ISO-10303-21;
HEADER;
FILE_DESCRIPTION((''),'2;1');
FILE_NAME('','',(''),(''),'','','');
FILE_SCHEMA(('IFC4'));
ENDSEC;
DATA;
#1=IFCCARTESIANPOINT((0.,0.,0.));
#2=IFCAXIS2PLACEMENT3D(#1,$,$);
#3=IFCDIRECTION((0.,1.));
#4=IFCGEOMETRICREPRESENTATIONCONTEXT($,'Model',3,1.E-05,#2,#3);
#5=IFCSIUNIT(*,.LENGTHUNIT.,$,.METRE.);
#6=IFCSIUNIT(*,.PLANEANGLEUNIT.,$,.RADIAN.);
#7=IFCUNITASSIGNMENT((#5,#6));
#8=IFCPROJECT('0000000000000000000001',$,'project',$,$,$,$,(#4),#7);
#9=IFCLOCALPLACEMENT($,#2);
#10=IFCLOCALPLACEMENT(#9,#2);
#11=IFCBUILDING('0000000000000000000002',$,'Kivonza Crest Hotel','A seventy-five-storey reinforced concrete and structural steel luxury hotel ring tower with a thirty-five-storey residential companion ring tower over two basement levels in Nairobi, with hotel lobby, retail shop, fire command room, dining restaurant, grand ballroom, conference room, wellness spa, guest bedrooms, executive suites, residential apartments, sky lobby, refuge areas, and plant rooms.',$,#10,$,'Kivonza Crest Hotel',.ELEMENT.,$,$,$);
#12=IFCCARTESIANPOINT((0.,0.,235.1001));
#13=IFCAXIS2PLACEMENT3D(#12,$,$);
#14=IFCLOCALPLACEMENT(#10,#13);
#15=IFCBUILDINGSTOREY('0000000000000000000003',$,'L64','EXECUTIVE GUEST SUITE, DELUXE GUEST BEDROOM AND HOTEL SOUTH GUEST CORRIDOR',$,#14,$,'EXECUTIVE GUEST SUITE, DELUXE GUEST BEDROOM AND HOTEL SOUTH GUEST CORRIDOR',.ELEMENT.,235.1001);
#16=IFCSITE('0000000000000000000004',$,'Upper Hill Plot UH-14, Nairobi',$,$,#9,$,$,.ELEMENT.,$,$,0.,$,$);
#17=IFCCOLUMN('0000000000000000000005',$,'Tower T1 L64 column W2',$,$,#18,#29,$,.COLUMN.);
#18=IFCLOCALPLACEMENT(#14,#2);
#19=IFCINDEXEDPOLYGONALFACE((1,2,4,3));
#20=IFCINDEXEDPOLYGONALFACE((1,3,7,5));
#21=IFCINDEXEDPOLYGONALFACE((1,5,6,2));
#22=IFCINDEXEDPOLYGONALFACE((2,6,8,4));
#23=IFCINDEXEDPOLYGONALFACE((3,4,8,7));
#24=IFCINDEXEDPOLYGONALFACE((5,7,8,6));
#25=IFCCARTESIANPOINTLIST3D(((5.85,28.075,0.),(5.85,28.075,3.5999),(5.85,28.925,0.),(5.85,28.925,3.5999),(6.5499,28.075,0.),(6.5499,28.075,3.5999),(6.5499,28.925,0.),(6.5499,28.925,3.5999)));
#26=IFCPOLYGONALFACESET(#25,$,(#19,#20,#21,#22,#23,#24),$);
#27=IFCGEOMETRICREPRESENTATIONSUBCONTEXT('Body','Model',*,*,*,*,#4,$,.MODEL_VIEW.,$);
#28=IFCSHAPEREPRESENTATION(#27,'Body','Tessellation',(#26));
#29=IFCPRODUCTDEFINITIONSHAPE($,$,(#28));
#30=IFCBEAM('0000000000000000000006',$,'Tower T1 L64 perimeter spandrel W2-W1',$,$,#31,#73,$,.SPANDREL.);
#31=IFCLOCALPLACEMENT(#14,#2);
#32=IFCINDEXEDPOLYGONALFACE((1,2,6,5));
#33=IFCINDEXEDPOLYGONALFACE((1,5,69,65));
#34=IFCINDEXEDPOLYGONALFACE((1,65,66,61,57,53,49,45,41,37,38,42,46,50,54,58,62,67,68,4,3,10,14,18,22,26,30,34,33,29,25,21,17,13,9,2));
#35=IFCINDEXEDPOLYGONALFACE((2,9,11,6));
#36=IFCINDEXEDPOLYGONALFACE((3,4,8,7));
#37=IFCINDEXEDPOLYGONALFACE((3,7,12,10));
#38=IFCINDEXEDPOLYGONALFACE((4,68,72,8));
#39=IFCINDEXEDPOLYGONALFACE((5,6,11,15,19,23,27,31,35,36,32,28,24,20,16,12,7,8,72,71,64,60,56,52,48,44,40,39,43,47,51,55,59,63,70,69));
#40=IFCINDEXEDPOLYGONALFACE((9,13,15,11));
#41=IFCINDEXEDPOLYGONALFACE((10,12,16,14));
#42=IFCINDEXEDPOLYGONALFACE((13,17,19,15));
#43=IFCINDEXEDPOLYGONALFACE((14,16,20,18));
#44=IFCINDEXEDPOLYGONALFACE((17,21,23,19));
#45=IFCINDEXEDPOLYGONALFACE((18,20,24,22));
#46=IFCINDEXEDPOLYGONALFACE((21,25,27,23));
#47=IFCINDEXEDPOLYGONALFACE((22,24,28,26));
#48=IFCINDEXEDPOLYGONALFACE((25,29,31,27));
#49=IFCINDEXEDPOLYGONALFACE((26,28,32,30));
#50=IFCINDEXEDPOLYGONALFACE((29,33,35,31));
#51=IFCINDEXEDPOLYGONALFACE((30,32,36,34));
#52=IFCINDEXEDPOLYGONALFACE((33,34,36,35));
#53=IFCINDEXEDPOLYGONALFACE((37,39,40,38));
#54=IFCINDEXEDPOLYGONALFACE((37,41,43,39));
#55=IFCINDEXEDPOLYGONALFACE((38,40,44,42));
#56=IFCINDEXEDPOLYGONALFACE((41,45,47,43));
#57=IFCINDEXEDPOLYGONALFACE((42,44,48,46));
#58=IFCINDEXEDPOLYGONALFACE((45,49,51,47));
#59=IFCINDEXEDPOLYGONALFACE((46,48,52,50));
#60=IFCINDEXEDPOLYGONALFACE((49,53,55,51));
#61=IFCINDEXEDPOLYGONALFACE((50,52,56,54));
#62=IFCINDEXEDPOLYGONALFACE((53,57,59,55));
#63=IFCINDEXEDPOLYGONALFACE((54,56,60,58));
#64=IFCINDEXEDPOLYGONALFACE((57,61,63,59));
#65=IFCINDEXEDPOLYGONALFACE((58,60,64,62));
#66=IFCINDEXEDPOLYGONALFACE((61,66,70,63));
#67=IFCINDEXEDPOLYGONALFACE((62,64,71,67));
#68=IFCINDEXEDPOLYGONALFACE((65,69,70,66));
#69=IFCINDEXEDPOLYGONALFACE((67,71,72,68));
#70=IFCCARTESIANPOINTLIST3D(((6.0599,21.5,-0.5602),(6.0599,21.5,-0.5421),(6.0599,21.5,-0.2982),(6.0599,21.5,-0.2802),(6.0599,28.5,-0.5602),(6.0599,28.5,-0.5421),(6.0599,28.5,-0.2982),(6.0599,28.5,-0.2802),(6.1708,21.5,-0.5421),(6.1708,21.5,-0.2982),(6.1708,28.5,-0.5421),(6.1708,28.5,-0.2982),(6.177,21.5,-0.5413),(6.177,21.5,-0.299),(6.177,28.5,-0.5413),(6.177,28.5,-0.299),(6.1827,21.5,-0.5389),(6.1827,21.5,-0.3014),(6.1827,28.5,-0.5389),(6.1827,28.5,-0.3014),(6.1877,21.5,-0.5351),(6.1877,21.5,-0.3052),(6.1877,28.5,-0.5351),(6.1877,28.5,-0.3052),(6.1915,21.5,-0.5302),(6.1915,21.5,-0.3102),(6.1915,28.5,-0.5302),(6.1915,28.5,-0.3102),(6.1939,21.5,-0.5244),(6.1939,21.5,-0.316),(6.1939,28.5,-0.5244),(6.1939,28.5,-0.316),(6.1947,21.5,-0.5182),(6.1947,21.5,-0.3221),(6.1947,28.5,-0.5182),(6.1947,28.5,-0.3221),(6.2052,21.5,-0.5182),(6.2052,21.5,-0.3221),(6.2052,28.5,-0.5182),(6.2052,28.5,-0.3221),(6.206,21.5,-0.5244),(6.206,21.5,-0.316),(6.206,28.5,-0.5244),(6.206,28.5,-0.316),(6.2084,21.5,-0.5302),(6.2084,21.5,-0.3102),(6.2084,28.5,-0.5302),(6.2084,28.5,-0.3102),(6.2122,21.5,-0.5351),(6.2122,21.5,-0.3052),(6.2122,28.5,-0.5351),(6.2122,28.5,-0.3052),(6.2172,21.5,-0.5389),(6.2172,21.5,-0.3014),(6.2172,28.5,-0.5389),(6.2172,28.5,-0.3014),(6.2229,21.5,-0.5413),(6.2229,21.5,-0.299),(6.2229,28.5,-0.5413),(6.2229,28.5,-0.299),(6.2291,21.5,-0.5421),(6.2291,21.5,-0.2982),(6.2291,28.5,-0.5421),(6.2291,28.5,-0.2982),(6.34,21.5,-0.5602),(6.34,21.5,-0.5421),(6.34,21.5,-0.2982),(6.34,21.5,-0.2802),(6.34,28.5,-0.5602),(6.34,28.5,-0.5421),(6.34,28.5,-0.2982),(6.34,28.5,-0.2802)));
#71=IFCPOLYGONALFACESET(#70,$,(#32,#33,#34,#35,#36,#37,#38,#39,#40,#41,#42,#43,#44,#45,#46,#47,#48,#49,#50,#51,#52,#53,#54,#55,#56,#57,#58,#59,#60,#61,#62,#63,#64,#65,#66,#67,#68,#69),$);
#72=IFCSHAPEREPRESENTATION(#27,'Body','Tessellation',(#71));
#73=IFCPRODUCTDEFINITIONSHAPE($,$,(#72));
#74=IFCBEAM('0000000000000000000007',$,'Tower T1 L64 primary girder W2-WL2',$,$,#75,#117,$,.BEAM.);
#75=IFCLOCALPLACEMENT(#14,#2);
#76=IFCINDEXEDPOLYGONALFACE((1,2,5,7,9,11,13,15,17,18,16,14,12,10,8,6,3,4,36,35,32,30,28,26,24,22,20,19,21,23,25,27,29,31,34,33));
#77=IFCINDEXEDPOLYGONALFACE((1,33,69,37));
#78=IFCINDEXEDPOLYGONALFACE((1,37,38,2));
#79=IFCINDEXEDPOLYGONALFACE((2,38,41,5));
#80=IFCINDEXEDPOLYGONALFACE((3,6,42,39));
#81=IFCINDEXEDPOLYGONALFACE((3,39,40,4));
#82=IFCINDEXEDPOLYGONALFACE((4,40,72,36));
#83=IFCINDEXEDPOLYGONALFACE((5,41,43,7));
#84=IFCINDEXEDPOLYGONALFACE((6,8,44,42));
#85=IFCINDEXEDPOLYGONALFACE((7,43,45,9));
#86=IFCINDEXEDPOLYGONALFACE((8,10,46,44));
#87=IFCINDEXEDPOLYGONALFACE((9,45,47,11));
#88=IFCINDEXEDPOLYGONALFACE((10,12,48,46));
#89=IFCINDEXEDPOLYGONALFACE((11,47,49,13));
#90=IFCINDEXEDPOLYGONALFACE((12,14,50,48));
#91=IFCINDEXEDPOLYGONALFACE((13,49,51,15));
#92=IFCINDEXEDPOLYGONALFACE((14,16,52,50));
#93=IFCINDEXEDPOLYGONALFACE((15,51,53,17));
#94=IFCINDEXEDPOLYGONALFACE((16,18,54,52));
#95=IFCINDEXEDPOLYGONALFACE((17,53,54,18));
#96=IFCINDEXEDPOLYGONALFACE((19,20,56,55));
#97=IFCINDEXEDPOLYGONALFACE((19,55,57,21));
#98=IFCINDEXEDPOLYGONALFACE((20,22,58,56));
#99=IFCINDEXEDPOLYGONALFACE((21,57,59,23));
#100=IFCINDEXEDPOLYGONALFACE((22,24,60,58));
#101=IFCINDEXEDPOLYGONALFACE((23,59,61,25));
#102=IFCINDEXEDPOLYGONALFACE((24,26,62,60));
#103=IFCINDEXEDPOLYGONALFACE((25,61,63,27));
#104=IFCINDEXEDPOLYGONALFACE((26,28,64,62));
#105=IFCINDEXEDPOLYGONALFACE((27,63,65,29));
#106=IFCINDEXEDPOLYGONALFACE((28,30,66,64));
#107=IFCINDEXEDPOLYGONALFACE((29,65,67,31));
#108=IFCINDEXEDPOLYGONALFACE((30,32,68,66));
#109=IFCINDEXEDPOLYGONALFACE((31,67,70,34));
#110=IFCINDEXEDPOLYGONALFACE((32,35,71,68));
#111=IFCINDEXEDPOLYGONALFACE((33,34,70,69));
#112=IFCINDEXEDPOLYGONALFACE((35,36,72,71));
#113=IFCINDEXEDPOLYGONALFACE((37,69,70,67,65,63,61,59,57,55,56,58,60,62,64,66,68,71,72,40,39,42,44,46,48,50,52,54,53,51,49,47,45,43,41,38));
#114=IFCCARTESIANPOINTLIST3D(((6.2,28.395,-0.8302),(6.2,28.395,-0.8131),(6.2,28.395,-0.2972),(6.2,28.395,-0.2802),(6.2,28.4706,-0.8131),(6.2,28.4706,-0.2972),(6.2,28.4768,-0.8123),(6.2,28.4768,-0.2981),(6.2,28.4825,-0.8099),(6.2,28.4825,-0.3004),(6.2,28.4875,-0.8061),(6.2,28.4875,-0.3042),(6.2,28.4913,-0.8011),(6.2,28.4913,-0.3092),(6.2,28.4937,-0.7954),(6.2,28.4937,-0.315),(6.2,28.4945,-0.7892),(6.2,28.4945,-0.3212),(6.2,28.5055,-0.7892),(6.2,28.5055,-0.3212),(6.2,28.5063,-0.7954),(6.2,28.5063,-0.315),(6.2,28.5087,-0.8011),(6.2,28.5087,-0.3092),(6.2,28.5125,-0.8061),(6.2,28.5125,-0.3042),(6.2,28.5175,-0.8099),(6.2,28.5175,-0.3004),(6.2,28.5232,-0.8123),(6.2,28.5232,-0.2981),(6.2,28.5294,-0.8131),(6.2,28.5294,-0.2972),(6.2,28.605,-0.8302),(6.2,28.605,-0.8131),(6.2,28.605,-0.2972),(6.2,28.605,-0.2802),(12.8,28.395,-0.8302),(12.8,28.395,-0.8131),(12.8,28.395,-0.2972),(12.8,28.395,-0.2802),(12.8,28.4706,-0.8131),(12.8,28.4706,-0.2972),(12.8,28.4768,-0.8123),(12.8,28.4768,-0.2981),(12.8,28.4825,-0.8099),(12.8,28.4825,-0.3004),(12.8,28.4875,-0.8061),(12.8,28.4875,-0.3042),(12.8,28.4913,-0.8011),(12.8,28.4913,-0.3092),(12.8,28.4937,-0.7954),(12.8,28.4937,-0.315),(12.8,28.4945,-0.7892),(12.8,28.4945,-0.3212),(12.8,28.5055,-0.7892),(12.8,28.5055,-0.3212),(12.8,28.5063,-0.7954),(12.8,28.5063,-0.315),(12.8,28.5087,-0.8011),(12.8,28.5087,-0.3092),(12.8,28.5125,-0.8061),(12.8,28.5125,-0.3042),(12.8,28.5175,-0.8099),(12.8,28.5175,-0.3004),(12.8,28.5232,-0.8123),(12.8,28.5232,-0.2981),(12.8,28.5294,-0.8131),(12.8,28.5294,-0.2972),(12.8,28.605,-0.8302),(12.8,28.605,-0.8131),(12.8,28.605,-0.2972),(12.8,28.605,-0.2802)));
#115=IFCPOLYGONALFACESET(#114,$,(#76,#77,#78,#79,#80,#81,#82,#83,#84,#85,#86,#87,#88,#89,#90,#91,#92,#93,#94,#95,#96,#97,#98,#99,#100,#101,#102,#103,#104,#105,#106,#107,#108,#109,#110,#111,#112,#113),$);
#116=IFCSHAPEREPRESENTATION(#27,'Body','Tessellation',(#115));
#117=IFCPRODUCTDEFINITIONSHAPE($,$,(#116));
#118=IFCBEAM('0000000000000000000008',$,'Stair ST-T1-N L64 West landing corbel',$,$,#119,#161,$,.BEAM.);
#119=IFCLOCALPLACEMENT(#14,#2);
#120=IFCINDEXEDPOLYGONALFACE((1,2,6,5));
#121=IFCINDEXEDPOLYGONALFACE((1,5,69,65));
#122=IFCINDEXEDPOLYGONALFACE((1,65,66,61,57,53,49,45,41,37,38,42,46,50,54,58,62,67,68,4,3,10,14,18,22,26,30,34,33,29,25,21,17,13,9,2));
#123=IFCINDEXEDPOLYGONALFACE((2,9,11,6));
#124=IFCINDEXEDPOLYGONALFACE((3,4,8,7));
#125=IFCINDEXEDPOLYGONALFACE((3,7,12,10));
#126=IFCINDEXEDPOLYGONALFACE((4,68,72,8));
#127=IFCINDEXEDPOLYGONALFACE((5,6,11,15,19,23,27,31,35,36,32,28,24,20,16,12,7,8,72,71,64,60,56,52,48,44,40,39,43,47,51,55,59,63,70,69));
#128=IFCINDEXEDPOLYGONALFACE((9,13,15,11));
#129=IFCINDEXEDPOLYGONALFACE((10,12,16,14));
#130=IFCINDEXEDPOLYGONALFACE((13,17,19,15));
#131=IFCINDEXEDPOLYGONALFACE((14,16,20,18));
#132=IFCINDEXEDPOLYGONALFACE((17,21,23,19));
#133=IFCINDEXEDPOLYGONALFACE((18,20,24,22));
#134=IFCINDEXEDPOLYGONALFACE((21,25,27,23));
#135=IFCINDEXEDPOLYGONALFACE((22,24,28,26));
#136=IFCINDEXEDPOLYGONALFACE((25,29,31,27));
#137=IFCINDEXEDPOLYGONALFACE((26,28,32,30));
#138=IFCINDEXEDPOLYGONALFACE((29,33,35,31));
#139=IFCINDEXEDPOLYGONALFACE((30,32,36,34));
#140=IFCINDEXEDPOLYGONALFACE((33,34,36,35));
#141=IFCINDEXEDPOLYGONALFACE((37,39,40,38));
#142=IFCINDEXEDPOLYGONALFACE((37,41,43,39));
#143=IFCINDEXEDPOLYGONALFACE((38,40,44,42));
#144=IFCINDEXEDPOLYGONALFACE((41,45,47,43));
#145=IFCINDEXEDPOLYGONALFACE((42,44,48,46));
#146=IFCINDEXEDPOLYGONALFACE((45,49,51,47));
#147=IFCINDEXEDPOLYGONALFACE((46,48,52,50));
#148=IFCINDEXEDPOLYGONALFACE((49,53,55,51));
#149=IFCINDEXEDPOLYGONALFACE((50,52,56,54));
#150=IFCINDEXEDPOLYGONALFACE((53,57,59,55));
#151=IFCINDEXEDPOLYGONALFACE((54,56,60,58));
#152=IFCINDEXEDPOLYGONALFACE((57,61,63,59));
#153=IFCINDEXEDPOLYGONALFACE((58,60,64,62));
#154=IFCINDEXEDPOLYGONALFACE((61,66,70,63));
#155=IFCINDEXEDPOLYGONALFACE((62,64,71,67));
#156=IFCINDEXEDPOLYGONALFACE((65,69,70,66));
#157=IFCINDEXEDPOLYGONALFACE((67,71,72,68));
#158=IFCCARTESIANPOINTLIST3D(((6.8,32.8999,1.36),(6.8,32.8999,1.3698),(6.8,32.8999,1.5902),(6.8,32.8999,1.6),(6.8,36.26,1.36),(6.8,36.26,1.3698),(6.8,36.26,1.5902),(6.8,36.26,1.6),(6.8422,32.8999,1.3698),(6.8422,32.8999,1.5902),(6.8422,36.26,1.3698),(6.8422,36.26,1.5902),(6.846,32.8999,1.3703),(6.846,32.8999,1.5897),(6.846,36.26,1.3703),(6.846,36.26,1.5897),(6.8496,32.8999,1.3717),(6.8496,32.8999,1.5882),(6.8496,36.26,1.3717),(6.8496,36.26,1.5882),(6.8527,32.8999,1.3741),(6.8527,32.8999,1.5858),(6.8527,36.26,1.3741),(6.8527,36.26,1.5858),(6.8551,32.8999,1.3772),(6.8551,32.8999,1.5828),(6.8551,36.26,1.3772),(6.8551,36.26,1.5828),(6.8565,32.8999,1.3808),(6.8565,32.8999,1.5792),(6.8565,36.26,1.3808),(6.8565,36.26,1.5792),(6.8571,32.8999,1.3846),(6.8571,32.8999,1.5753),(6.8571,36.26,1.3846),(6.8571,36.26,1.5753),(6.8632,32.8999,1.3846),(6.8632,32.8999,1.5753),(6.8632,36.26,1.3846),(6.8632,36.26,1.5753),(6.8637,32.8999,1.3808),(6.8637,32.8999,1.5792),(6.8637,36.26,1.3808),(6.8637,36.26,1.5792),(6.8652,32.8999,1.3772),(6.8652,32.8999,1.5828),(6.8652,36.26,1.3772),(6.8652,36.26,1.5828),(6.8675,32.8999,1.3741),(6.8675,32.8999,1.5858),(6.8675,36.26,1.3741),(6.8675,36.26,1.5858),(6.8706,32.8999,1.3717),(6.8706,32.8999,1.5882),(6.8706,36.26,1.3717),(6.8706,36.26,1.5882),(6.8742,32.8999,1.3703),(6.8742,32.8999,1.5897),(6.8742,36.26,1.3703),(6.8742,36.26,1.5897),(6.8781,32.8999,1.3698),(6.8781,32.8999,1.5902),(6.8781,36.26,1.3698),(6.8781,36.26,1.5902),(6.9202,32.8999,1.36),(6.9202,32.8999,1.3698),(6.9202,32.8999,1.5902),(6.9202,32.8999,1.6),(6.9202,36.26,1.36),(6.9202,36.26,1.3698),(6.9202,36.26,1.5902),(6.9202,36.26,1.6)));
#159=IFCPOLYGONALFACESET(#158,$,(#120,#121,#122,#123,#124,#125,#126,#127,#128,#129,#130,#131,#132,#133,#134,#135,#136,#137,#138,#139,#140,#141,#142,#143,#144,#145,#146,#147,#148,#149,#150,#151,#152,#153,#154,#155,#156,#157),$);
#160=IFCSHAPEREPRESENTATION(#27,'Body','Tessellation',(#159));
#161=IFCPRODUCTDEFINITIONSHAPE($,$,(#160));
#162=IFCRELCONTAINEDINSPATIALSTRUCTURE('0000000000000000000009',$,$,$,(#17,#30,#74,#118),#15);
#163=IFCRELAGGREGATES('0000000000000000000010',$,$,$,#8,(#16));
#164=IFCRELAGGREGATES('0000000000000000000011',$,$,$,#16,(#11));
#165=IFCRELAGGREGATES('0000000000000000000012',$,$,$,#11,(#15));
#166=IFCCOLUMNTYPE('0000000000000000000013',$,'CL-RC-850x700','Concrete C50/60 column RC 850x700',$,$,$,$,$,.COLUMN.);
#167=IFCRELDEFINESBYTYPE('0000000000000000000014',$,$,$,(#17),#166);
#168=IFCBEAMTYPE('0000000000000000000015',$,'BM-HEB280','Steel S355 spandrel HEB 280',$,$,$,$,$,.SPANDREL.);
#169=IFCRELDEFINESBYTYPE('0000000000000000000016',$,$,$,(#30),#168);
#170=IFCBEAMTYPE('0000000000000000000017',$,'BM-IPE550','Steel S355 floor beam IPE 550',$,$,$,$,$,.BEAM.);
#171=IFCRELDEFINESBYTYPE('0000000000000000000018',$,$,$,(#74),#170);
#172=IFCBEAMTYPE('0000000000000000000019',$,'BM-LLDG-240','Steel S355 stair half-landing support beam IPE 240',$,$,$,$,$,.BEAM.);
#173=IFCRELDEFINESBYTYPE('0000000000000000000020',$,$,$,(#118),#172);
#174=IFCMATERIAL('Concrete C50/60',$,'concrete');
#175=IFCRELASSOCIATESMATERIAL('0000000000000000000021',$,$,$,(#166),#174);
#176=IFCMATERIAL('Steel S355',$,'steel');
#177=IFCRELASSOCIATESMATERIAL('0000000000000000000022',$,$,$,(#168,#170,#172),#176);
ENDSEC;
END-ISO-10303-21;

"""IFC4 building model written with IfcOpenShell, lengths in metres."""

from ifc_helpers import new_model, si_unit, direction, frame, origin, origin_2d, place, context, subcontext, project, spatial, rectangle, i_section, extrude, material, material_profile, profile_set, type_object, element, save


model = new_model("IFC4")

# Units and contexts
model_context = context("Model", 3, precision=1e-05, world=origin(), true_north=direction((0.0, 1.0)))
body_context = subcontext(model_context, "Body", "Model", "MODEL_VIEW")
ifc_project = project(units=[si_unit("LENGTHUNIT", "METRE"), si_unit("PLANEANGLEUNIT", "RADIAN")], contexts=[model_context])

# Site, building, storey
site_placement = place(None, origin())
site = spatial("IfcSite", under=ifc_project, at=site_placement, Name="Upper Hill Plot UH-14, Nairobi", CompositionType="ELEMENT", RefElevation=0.0)
building_placement = place(site_placement, origin())
building = spatial("IfcBuilding", under=site, at=building_placement, Name="Kivonza Crest Hotel", Description="A seventy-five-storey reinforced concrete and structural steel luxury hotel ring tower with a thirty-five-storey residential companion ring tower over two basement levels in Nairobi, with hotel lobby, retail shop, fire command room, dining restaurant, grand ballroom, conference room, wellness spa, guest bedrooms, executive suites, residential apartments, sky lobby, refuge areas, and plant rooms.", LongName="Kivonza Crest Hotel", CompositionType="ELEMENT")
storey_placement = place(building_placement, frame((0.0, 0.0, 235.1001)))
storey = spatial("IfcBuildingStorey", under=building, at=storey_placement, Name="L64", Description="EXECUTIVE GUEST SUITE, DELUXE GUEST BEDROOM AND HOTEL SOUTH GUEST CORRIDOR", LongName="EXECUTIVE GUEST SUITE, DELUXE GUEST BEDROOM AND HOTEL SOUTH GUEST CORRIDOR", CompositionType="ELEMENT", Elevation=235.1001)

# Column
ifc_material_1 = material(Name="Concrete C50/60", Category="concrete")
ifc_material_profile_1 = material_profile(ifc_material_1, rectangle(XDim=0.7, YDim=0.8501, at=origin_2d()), Name="RC 850x700")
ifc_profile_set_1 = profile_set([ifc_material_profile_1], Name="Concrete C50/60")
column_type = type_object("IfcColumnType", Name="CL-RC-850x700", Description="Concrete C50/60 column RC 850x700", PredefinedType="COLUMN", material=ifc_profile_set_1)
column_placement = place(storey_placement, frame((6.2, 28.5, 0.0), z_axis=(0.0, 0.0, 1.0), x_axis=(1.0, 0.0, 0.0)))
element("IfcColumn", 1, at=column_placement, inside=storey, type_object=column_type, Name="Tower T1 L64 column W2", PredefinedType="COLUMN", context=body_context, shape_type="SweptSolid", body=[
    extrude(rectangle(XDim=0.7, YDim=0.8501, at=origin_2d()), origin(), (0.0, 0.0, 1.0), 3.5999),
])

# Beams
ifc_material_2 = material(Name="Steel S355", Category="steel")
ifc_material_profile_2 = material_profile(ifc_material_2, i_section(OverallWidth=0.28, OverallDepth=0.28, WebThickness=0.0105, FlangeThickness=0.0181, FilletRadius=0.0239, at=origin_2d()), Name="HEB 280")
ifc_profile_set_2 = profile_set([ifc_material_profile_2], Name="Steel S355")
beam_type_1 = type_object("IfcBeamType", Name="BM-HEB280", Description="Steel S355 spandrel HEB 280", PredefinedType="SPANDREL", material=ifc_profile_set_2)
beam_1_placement = place(storey_placement, frame((6.2, 28.5, -0.4202), z_axis=(0.0, -1.0, 0.0), x_axis=(1.0, 0.0, 0.0)))
element("IfcBeam", 2, at=beam_1_placement, inside=storey, type_object=beam_type_1, Name="Tower T1 L64 perimeter spandrel W2-W1", PredefinedType="SPANDREL", context=body_context, shape_type="SweptSolid", body=[
    extrude(i_section(OverallWidth=0.28, OverallDepth=0.28, WebThickness=0.0105, FlangeThickness=0.0181, FilletRadius=0.0239, at=origin_2d()), origin(), (0.0, 0.0, 1.0), 7.0),
])
ifc_material_profile_3 = material_profile(ifc_material_2, i_section(OverallWidth=0.21, OverallDepth=0.55, WebThickness=0.011, FlangeThickness=0.0171, FilletRadius=0.0239, at=origin_2d()), Name="IPE 550")
ifc_profile_set_3 = profile_set([ifc_material_profile_3], Name="Steel S355")
beam_type_2 = type_object("IfcBeamType", Name="BM-IPE550", Description="Steel S355 floor beam IPE 550", PredefinedType="BEAM", material=ifc_profile_set_3)
beam_2_placement = place(storey_placement, frame((6.2, 28.5, -0.5552), z_axis=(1.0, 0.0, 0.0), x_axis=(0.0, 1.0, 0.0)))
element("IfcBeam", 3, at=beam_2_placement, inside=storey, type_object=beam_type_2, Name="Tower T1 L64 primary girder W2-WL2", PredefinedType="BEAM", context=body_context, shape_type="SweptSolid", body=[
    extrude(i_section(OverallWidth=0.21, OverallDepth=0.55, WebThickness=0.011, FlangeThickness=0.0171, FilletRadius=0.0239, at=origin_2d()), origin(), (0.0, 0.0, 1.0), 6.6001),
])
ifc_material_profile_4 = material_profile(ifc_material_2, i_section(OverallWidth=0.1201, OverallDepth=0.24, WebThickness=0.0061, FlangeThickness=0.0098, FilletRadius=0.0149, at=origin_2d()), Name="IPE 240")
ifc_profile_set_4 = profile_set([ifc_material_profile_4], Name="Steel S355")
beam_type_3 = type_object("IfcBeamType", Name="BM-LLDG-240", Description="Steel S355 stair half-landing support beam IPE 240", PredefinedType="BEAM", material=ifc_profile_set_4)
beam_3_placement = place(storey_placement, frame((6.8601, 32.8999, 1.48), z_axis=(0.0, 1.0, 0.0), x_axis=(-1.0, 0.0, 0.0)))
element("IfcBeam", 4, at=beam_3_placement, inside=storey, type_object=beam_type_3, Name="Stair ST-T1-N L64 West landing corbel", PredefinedType="BEAM", context=body_context, shape_type="SweptSolid", body=[
    extrude(i_section(OverallWidth=0.1201, OverallDepth=0.24, WebThickness=0.0061, FlangeThickness=0.0098, FilletRadius=0.0149, at=origin_2d()), origin(), (0.0, 0.0, 1.0), 3.3601),
])

save(model, "model.ifc")
